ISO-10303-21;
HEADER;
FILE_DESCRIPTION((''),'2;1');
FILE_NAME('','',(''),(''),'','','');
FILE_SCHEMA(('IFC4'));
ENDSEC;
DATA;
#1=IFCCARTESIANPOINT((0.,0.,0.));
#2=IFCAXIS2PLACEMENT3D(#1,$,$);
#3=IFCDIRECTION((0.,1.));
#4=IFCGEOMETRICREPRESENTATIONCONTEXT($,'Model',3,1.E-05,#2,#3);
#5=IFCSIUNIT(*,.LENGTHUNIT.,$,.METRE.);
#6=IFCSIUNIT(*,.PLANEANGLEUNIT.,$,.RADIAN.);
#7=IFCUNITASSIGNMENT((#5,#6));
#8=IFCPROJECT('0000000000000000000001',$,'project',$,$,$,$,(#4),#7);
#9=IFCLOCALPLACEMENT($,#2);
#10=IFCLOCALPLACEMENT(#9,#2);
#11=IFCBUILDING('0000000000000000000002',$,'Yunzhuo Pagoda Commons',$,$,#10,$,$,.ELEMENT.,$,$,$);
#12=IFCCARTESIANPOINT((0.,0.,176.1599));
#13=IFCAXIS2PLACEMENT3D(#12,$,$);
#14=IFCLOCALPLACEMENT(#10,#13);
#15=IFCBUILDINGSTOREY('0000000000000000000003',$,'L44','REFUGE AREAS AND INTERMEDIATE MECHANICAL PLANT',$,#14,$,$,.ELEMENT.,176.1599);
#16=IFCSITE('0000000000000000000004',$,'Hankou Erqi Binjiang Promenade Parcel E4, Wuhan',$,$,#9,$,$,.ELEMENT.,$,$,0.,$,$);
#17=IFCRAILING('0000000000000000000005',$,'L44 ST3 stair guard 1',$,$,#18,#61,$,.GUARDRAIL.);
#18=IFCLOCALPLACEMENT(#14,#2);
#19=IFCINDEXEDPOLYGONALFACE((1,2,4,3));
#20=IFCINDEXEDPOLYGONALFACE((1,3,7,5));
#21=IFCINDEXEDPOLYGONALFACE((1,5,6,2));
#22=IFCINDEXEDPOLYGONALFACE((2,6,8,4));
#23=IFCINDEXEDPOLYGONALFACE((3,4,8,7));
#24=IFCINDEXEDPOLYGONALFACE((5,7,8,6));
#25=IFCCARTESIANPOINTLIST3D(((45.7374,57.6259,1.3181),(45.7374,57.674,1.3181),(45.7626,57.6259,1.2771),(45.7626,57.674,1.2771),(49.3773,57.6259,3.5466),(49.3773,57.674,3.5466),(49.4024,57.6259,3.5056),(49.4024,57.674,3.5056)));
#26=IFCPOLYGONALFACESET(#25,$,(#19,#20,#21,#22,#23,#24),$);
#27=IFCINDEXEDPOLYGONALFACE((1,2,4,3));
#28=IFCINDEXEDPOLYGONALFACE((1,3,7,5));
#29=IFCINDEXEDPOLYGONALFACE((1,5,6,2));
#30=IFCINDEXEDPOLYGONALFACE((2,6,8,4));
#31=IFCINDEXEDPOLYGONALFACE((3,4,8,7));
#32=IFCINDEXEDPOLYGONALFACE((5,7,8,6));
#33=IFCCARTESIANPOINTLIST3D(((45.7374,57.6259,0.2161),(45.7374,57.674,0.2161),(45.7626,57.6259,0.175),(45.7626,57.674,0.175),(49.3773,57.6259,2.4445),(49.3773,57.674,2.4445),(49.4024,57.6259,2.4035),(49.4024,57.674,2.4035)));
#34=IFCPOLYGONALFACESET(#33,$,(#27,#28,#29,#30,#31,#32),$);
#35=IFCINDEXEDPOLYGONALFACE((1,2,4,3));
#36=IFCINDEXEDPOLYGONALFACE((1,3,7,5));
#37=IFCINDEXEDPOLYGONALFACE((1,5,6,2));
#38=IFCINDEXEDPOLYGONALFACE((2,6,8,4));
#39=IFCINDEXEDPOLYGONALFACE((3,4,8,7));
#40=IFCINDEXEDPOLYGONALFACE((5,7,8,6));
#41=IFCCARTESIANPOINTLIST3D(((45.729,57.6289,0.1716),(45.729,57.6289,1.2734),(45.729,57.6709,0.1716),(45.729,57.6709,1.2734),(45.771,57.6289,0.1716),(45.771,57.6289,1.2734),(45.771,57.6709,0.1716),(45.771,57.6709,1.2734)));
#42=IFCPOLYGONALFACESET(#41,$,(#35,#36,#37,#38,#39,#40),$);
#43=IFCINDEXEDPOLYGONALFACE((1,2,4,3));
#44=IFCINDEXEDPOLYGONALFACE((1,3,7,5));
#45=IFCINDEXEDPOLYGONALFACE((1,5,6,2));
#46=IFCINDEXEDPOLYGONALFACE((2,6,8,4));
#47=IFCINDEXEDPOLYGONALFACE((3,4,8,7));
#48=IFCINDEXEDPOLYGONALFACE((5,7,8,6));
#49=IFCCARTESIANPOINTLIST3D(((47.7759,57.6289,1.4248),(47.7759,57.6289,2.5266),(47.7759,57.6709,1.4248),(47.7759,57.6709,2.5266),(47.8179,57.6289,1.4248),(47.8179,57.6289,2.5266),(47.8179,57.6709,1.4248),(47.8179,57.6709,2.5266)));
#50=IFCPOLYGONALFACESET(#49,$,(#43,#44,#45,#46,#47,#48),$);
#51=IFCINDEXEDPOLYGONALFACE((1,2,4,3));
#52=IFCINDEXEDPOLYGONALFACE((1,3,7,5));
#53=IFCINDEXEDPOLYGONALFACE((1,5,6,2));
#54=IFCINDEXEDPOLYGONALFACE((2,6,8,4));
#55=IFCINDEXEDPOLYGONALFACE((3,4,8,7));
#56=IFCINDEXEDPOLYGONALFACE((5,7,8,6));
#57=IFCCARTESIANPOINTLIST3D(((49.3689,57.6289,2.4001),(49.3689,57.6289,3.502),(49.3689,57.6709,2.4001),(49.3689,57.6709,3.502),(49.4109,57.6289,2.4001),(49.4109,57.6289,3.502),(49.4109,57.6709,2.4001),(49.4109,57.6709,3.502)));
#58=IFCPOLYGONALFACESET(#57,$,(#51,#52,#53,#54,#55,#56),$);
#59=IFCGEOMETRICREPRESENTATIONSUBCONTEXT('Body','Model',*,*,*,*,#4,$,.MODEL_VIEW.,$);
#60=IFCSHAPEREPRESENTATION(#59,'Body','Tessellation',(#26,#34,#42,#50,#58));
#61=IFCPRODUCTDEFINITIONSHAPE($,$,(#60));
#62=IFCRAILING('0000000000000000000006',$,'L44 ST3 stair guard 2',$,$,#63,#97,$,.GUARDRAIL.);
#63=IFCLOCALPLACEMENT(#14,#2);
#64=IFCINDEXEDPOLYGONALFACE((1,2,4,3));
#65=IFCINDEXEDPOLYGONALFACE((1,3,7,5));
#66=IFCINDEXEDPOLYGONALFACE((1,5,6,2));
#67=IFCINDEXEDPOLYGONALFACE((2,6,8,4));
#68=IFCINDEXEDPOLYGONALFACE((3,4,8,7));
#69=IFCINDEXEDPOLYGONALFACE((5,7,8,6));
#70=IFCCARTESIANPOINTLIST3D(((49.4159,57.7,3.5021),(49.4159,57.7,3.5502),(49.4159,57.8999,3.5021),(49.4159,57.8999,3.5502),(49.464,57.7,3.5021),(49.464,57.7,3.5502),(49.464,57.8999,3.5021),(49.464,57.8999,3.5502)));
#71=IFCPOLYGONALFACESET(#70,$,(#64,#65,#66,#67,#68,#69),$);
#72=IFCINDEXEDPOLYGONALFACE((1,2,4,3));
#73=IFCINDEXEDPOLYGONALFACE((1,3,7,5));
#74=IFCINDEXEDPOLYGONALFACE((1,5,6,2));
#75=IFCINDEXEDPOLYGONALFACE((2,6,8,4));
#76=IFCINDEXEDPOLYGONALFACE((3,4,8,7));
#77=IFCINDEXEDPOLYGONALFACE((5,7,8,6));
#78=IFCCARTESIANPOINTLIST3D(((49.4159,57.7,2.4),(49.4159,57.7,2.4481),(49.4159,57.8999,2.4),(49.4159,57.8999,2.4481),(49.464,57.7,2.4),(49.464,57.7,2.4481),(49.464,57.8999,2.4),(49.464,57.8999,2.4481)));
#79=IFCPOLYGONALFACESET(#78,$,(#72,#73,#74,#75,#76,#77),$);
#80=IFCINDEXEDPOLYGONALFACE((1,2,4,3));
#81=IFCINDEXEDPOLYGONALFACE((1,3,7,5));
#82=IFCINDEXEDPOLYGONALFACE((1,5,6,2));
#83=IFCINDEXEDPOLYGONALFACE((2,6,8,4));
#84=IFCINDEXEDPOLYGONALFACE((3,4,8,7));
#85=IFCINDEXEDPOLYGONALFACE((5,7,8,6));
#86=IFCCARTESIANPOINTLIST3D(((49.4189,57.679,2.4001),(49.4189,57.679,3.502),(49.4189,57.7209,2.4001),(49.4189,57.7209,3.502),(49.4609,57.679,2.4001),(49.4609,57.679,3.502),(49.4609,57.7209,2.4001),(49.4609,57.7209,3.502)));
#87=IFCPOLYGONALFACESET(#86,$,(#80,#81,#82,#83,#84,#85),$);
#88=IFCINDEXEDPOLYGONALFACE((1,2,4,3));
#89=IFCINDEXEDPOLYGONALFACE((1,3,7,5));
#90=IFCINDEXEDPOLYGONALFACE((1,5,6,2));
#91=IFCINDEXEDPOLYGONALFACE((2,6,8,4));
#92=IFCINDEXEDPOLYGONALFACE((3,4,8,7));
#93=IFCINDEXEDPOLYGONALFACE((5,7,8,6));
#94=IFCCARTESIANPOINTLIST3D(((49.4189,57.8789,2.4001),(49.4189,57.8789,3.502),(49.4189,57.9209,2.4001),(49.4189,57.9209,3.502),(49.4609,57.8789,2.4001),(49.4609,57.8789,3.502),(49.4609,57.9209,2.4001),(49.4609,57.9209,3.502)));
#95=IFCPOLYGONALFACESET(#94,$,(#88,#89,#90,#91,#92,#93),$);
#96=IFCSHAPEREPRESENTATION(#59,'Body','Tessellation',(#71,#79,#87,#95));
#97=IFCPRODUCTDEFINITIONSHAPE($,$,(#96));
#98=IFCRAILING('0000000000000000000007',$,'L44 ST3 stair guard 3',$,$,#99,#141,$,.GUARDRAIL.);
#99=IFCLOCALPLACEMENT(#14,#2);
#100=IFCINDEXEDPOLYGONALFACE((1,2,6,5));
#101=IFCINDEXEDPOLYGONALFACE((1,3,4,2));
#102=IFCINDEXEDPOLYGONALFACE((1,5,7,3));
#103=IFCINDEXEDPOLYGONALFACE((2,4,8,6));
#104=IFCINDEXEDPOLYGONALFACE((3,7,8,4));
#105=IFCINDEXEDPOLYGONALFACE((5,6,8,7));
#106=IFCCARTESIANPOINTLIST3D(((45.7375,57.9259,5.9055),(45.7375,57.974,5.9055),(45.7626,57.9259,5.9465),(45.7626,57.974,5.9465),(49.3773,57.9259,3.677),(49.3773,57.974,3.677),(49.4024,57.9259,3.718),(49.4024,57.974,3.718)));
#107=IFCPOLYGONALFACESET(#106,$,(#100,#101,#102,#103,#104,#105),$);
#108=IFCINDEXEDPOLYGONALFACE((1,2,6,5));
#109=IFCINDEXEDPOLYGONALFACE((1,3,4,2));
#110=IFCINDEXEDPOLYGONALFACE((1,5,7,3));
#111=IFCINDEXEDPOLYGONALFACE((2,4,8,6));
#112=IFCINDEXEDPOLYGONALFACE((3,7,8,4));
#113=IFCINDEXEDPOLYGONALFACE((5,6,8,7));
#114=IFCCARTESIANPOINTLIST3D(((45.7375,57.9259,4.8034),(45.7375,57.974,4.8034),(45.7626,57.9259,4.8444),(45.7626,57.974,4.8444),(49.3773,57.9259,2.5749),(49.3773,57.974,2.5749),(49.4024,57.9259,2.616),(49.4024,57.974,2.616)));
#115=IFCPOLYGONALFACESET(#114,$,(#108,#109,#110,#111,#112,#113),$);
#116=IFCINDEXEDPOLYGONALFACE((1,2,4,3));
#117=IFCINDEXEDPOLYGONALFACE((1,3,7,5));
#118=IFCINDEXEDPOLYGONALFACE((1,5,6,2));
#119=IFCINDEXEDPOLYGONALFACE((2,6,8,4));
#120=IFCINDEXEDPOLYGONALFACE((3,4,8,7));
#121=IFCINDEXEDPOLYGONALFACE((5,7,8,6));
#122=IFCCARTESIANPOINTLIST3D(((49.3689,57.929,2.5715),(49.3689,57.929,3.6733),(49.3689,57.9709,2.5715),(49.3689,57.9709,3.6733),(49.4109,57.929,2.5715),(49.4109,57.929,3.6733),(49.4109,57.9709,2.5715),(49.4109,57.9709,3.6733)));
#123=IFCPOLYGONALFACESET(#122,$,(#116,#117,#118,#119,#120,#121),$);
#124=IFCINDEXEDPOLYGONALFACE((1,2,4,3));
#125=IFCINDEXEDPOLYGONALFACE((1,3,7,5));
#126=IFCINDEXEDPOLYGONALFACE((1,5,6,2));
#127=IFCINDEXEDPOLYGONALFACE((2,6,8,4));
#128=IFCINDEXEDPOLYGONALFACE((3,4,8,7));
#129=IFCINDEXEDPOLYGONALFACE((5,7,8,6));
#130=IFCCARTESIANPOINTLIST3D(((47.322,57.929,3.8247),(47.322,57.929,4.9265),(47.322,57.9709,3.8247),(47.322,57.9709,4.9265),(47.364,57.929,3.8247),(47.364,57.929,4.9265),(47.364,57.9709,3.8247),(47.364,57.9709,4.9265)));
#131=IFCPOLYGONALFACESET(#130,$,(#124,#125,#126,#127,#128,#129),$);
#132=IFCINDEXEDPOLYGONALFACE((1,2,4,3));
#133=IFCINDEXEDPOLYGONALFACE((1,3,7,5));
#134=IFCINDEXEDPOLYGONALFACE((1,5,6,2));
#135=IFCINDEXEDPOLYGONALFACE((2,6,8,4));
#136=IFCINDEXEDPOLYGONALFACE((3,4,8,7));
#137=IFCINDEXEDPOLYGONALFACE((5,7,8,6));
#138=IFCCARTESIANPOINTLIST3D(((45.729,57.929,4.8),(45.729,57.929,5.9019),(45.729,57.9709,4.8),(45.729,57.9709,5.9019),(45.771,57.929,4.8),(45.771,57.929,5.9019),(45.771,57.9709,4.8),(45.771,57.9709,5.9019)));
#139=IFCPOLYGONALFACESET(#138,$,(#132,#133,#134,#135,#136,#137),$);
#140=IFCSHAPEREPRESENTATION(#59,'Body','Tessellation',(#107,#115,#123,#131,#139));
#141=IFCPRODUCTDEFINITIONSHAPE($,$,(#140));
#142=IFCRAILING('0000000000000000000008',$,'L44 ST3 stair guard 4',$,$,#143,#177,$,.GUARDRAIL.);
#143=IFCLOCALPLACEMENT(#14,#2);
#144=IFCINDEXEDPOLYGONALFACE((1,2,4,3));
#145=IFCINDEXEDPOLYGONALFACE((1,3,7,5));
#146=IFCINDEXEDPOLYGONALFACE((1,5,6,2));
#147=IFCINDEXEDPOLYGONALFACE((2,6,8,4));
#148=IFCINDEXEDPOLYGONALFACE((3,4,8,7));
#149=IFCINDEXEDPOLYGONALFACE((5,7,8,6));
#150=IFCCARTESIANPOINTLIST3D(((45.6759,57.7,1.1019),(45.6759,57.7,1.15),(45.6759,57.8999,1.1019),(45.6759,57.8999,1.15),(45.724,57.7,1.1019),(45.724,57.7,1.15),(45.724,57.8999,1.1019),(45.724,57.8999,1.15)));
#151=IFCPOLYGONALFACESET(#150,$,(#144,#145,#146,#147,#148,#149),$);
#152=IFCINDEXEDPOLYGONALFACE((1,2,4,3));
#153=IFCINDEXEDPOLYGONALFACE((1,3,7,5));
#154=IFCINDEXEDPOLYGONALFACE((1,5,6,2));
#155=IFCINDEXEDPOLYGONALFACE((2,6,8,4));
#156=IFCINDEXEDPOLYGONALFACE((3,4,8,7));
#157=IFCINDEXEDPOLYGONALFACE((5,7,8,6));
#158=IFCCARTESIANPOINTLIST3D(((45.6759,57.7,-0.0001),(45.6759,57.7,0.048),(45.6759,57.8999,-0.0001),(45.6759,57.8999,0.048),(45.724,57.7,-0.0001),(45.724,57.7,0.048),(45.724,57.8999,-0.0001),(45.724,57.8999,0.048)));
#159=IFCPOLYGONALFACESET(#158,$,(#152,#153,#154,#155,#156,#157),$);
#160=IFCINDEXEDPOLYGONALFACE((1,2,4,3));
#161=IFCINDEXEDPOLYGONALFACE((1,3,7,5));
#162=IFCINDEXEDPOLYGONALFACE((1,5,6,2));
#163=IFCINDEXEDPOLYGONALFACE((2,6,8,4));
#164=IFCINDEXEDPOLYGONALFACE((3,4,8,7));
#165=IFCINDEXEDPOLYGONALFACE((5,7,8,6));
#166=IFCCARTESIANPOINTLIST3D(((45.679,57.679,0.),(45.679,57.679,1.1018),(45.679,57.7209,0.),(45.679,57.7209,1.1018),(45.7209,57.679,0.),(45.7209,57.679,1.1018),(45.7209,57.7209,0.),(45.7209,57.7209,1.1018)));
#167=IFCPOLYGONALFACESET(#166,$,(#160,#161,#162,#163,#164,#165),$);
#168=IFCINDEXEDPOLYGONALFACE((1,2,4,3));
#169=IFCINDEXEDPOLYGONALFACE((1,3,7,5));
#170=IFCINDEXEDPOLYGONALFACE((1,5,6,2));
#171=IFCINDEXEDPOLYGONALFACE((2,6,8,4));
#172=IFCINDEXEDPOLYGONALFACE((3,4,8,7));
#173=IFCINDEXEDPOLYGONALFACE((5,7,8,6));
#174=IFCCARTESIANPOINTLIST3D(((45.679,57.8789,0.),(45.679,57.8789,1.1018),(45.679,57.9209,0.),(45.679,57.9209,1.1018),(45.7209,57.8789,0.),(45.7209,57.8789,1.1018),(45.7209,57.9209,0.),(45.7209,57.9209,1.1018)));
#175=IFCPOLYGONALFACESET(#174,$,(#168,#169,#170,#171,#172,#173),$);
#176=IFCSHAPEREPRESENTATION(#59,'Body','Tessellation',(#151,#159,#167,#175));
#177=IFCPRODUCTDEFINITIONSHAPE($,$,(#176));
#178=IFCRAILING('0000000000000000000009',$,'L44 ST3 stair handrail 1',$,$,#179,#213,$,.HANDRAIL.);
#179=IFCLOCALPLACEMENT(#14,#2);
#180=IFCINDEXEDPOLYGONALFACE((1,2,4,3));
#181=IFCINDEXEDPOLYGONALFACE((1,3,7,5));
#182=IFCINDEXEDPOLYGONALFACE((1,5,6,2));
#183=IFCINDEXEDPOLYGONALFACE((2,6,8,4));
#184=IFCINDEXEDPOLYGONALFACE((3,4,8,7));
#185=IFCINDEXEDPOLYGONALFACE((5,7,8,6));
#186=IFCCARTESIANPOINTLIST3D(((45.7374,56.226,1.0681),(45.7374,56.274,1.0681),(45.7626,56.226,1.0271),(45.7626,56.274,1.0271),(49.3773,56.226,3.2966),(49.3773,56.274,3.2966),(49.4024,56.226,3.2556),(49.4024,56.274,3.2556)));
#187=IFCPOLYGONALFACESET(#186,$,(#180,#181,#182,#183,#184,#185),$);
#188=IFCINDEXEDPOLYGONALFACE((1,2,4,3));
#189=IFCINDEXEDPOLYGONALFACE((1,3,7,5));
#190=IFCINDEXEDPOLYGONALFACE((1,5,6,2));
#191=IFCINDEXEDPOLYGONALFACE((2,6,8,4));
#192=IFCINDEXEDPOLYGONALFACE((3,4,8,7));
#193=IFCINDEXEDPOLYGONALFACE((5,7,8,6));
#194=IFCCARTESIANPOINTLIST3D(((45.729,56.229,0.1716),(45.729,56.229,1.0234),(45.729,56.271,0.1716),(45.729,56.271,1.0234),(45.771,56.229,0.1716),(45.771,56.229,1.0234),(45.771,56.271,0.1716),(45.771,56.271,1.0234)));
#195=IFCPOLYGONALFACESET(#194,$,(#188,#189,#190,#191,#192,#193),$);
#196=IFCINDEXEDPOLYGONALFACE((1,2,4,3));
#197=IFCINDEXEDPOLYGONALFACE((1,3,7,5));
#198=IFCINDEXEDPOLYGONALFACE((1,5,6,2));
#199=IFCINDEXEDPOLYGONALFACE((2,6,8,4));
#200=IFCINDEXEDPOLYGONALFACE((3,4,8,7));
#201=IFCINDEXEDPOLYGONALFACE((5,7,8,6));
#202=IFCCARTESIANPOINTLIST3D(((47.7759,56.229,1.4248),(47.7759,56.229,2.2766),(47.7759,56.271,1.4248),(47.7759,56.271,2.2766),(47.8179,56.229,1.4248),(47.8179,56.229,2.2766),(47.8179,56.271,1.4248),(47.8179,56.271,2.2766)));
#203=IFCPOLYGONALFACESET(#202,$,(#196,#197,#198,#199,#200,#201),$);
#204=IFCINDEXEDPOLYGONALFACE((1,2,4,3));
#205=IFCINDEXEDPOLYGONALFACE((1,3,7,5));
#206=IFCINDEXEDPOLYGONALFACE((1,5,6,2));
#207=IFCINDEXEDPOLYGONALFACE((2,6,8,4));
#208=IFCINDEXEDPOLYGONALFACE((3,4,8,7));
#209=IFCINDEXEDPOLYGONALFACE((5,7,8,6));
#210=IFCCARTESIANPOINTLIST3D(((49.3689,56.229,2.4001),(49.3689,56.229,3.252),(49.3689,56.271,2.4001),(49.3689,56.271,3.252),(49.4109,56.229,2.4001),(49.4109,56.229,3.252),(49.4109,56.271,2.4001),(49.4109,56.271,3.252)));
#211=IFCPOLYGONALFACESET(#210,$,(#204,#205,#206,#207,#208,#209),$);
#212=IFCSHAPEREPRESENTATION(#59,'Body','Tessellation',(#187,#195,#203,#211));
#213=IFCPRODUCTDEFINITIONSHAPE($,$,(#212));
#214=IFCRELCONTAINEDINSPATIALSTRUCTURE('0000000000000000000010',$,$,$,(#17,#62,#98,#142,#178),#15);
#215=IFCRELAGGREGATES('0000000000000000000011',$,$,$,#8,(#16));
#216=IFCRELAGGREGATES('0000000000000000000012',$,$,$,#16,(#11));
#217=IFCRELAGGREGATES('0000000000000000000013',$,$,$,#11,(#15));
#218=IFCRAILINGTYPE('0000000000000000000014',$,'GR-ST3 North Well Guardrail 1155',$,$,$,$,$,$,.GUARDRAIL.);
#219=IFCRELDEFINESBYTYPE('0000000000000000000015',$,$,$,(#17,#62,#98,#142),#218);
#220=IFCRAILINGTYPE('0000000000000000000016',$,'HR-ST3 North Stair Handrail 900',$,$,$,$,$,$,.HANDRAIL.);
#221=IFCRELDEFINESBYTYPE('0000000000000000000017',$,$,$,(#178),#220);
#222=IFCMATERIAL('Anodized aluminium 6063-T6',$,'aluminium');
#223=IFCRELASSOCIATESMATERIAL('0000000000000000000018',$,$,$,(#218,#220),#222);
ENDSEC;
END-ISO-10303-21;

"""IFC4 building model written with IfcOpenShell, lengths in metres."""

from ifc_helpers import new_model, si_unit, direction, frame, origin, origin_2d, place, context, subcontext, project, spatial, rectangle, extrude, material, type_object, element, save


model = new_model("IFC4")

# Units and contexts
model_context = context("Model", 3, precision=1e-05, world=origin(), true_north=direction((0.0, 1.0)))
body_context = subcontext(model_context, "Body", "Model", "MODEL_VIEW")
ifc_project = project(units=[si_unit("LENGTHUNIT", "METRE"), si_unit("PLANEANGLEUNIT", "RADIAN")], contexts=[model_context])

# Site, building, storey
site_placement = place(None, origin())
site = spatial("IfcSite", under=ifc_project, at=site_placement, Name="Hankou Erqi Binjiang Promenade Parcel E4, Wuhan", CompositionType="ELEMENT", RefElevation=0.0)
building_placement = place(site_placement, origin())
building = spatial("IfcBuilding", under=site, at=building_placement, Name="Yunzhuo Pagoda Commons", CompositionType="ELEMENT")
storey_placement = place(building_placement, frame((0.0, 0.0, 176.1599)))
storey = spatial("IfcBuildingStorey", under=building, at=storey_placement, Name="L44", Description="REFUGE AREAS AND INTERMEDIATE MECHANICAL PLANT", CompositionType="ELEMENT", Elevation=176.1599)

# Railings
ifc_material_1 = material(Name="Anodized aluminium 6063-T6", Category="aluminium")
railing_type_1 = type_object("IfcRailingType", Name="GR-ST3 North Well Guardrail 1155", PredefinedType="GUARDRAIL", material=ifc_material_1)
railing_1_placement = place(storey_placement, frame((45.75, 57.6499, 0.1716)))
element("IfcRailing", 1, at=railing_1_placement, inside=storey, type_object=railing_type_1, Name="L44 ST3 stair guard 1", PredefinedType="GUARDRAIL", context=body_context, shape_type="SweptSolid", body=[
    extrude(rectangle(XDim=0.0481, YDim=0.0481, at=origin_2d()), frame((0.0, 0.0, 1.126), z_axis=(0.85285, 0.0, 0.522156), x_axis=(0.0, 1.0, 0.0)), (0.0, 0.0, 1.0), 4.2678),
    extrude(rectangle(XDim=0.0481, YDim=0.0481, at=origin_2d()), frame((0.0, 0.0, 0.0239), z_axis=(0.85285, 0.0, 0.522156), x_axis=(0.0, 1.0, 0.0)), (0.0, 0.0, 1.0), 4.2678),
    extrude(rectangle(XDim=0.042, YDim=0.042, at=origin_2d()), origin(), (0.0, 0.0, 1.0), 1.1018),
    extrude(rectangle(XDim=0.042, YDim=0.042, at=origin_2d()), frame((2.0469, 0.0, 1.2532)), (0.0, 0.0, 1.0), 1.1018),
    extrude(rectangle(XDim=0.042, YDim=0.042, at=origin_2d()), frame((3.6399, 0.0, 2.2285)), (0.0, 0.0, 1.0), 1.1018),
])
railing_2_placement = place(storey_placement, frame((49.4399, 57.7, 2.4001)))
element("IfcRailing", 2, at=railing_2_placement, inside=storey, type_object=railing_type_1, Name="L44 ST3 stair guard 2", PredefinedType="GUARDRAIL", context=body_context, shape_type="SweptSolid", body=[
    extrude(rectangle(XDim=0.0481, YDim=0.0481, at=origin_2d()), frame((0.0, 0.0, 1.126), z_axis=(0.0, 1.0, 0.0), x_axis=(-1.0, 0.0, 0.0)), (0.0, 0.0, 1.0), 0.2),
    extrude(rectangle(XDim=0.0481, YDim=0.0481, at=origin_2d()), frame((0.0, 0.0, 0.0239), z_axis=(0.0, 1.0, 0.0), x_axis=(-1.0, 0.0, 0.0)), (0.0, 0.0, 1.0), 0.2),
    extrude(rectangle(XDim=0.042, YDim=0.042, at=origin_2d()), origin(), (0.0, 0.0, 1.0), 1.1018),
    extrude(rectangle(XDim=0.042, YDim=0.042, at=origin_2d()), frame((0.0, 0.2, 0.0)), (0.0, 0.0, 1.0), 1.1018),
])
railing_3_placement = place(storey_placement, frame((49.3899, 57.95, 2.5715)))
element("IfcRailing", 3, at=railing_3_placement, inside=storey, type_object=railing_type_1, Name="L44 ST3 stair guard 3", PredefinedType="GUARDRAIL", context=body_context, shape_type="SweptSolid", body=[
    extrude(rectangle(XDim=0.0481, YDim=0.0481, at=origin_2d()), frame((0.0, 0.0, 1.126), z_axis=(-0.85285, 0.0, 0.522156), x_axis=(0.0, -1.0, 0.0)), (0.0, 0.0, 1.0), 4.2678),
    extrude(rectangle(XDim=0.0481, YDim=0.0481, at=origin_2d()), frame((0.0, 0.0, 0.0239), z_axis=(-0.85285, 0.0, 0.522156), x_axis=(0.0, -1.0, 0.0)), (0.0, 0.0, 1.0), 4.2678),
    extrude(rectangle(XDim=0.042, YDim=0.042, at=origin_2d()), origin(), (0.0, 0.0, 1.0), 1.1018),
    extrude(rectangle(XDim=0.042, YDim=0.042, at=origin_2d()), frame((-2.0469, 0.0, 1.2532)), (0.0, 0.0, 1.0), 1.1018),
    extrude(rectangle(XDim=0.042, YDim=0.042, at=origin_2d()), frame((-3.6399, 0.0, 2.2285)), (0.0, 0.0, 1.0), 1.1018),
])
railing_4_placement = place(storey_placement, frame((45.7, 57.7, 0.0)))
element("IfcRailing", 4, at=railing_4_placement, inside=storey, type_object=railing_type_1, Name="L44 ST3 stair guard 4", PredefinedType="GUARDRAIL", context=body_context, shape_type="SweptSolid", body=[
    extrude(rectangle(XDim=0.0481, YDim=0.0481, at=origin_2d()), frame((0.0, 0.0, 1.126), z_axis=(0.0, 1.0, 0.0), x_axis=(-1.0, 0.0, 0.0)), (0.0, 0.0, 1.0), 0.2),
    extrude(rectangle(XDim=0.0481, YDim=0.0481, at=origin_2d()), frame((0.0, 0.0, 0.0239), z_axis=(0.0, 1.0, 0.0), x_axis=(-1.0, 0.0, 0.0)), (0.0, 0.0, 1.0), 0.2),
    extrude(rectangle(XDim=0.042, YDim=0.042, at=origin_2d()), origin(), (0.0, 0.0, 1.0), 1.1018),
    extrude(rectangle(XDim=0.042, YDim=0.042, at=origin_2d()), frame((0.0, 0.2, 0.0)), (0.0, 0.0, 1.0), 1.1018),
])
railing_type_2 = type_object("IfcRailingType", Name="HR-ST3 North Stair Handrail 900", PredefinedType="HANDRAIL", material=ifc_material_1)
railing_5_placement = place(storey_placement, frame((45.75, 56.25, 0.1716)))
element("IfcRailing", 5, at=railing_5_placement, inside=storey, type_object=railing_type_2, Name="L44 ST3 stair handrail 1", PredefinedType="HANDRAIL", context=body_context, shape_type="SweptSolid", body=[
    extrude(rectangle(XDim=0.0481, YDim=0.0481, at=origin_2d()), frame((0.0, 0.0, 0.876), z_axis=(0.85285, 0.0, 0.522156), x_axis=(0.0, 1.0, 0.0)), (0.0, 0.0, 1.0), 4.2678),
    extrude(rectangle(XDim=0.042, YDim=0.042, at=origin_2d()), origin(), (0.0, 0.0, 1.0), 0.8518),
    extrude(rectangle(XDim=0.042, YDim=0.042, at=origin_2d()), frame((2.0469, 0.0, 1.2532)), (0.0, 0.0, 1.0), 0.8518),
    extrude(rectangle(XDim=0.042, YDim=0.042, at=origin_2d()), frame((3.6399, 0.0, 2.2285)), (0.0, 0.0, 1.0), 0.8518),
])

save(model, "model.ifc")
